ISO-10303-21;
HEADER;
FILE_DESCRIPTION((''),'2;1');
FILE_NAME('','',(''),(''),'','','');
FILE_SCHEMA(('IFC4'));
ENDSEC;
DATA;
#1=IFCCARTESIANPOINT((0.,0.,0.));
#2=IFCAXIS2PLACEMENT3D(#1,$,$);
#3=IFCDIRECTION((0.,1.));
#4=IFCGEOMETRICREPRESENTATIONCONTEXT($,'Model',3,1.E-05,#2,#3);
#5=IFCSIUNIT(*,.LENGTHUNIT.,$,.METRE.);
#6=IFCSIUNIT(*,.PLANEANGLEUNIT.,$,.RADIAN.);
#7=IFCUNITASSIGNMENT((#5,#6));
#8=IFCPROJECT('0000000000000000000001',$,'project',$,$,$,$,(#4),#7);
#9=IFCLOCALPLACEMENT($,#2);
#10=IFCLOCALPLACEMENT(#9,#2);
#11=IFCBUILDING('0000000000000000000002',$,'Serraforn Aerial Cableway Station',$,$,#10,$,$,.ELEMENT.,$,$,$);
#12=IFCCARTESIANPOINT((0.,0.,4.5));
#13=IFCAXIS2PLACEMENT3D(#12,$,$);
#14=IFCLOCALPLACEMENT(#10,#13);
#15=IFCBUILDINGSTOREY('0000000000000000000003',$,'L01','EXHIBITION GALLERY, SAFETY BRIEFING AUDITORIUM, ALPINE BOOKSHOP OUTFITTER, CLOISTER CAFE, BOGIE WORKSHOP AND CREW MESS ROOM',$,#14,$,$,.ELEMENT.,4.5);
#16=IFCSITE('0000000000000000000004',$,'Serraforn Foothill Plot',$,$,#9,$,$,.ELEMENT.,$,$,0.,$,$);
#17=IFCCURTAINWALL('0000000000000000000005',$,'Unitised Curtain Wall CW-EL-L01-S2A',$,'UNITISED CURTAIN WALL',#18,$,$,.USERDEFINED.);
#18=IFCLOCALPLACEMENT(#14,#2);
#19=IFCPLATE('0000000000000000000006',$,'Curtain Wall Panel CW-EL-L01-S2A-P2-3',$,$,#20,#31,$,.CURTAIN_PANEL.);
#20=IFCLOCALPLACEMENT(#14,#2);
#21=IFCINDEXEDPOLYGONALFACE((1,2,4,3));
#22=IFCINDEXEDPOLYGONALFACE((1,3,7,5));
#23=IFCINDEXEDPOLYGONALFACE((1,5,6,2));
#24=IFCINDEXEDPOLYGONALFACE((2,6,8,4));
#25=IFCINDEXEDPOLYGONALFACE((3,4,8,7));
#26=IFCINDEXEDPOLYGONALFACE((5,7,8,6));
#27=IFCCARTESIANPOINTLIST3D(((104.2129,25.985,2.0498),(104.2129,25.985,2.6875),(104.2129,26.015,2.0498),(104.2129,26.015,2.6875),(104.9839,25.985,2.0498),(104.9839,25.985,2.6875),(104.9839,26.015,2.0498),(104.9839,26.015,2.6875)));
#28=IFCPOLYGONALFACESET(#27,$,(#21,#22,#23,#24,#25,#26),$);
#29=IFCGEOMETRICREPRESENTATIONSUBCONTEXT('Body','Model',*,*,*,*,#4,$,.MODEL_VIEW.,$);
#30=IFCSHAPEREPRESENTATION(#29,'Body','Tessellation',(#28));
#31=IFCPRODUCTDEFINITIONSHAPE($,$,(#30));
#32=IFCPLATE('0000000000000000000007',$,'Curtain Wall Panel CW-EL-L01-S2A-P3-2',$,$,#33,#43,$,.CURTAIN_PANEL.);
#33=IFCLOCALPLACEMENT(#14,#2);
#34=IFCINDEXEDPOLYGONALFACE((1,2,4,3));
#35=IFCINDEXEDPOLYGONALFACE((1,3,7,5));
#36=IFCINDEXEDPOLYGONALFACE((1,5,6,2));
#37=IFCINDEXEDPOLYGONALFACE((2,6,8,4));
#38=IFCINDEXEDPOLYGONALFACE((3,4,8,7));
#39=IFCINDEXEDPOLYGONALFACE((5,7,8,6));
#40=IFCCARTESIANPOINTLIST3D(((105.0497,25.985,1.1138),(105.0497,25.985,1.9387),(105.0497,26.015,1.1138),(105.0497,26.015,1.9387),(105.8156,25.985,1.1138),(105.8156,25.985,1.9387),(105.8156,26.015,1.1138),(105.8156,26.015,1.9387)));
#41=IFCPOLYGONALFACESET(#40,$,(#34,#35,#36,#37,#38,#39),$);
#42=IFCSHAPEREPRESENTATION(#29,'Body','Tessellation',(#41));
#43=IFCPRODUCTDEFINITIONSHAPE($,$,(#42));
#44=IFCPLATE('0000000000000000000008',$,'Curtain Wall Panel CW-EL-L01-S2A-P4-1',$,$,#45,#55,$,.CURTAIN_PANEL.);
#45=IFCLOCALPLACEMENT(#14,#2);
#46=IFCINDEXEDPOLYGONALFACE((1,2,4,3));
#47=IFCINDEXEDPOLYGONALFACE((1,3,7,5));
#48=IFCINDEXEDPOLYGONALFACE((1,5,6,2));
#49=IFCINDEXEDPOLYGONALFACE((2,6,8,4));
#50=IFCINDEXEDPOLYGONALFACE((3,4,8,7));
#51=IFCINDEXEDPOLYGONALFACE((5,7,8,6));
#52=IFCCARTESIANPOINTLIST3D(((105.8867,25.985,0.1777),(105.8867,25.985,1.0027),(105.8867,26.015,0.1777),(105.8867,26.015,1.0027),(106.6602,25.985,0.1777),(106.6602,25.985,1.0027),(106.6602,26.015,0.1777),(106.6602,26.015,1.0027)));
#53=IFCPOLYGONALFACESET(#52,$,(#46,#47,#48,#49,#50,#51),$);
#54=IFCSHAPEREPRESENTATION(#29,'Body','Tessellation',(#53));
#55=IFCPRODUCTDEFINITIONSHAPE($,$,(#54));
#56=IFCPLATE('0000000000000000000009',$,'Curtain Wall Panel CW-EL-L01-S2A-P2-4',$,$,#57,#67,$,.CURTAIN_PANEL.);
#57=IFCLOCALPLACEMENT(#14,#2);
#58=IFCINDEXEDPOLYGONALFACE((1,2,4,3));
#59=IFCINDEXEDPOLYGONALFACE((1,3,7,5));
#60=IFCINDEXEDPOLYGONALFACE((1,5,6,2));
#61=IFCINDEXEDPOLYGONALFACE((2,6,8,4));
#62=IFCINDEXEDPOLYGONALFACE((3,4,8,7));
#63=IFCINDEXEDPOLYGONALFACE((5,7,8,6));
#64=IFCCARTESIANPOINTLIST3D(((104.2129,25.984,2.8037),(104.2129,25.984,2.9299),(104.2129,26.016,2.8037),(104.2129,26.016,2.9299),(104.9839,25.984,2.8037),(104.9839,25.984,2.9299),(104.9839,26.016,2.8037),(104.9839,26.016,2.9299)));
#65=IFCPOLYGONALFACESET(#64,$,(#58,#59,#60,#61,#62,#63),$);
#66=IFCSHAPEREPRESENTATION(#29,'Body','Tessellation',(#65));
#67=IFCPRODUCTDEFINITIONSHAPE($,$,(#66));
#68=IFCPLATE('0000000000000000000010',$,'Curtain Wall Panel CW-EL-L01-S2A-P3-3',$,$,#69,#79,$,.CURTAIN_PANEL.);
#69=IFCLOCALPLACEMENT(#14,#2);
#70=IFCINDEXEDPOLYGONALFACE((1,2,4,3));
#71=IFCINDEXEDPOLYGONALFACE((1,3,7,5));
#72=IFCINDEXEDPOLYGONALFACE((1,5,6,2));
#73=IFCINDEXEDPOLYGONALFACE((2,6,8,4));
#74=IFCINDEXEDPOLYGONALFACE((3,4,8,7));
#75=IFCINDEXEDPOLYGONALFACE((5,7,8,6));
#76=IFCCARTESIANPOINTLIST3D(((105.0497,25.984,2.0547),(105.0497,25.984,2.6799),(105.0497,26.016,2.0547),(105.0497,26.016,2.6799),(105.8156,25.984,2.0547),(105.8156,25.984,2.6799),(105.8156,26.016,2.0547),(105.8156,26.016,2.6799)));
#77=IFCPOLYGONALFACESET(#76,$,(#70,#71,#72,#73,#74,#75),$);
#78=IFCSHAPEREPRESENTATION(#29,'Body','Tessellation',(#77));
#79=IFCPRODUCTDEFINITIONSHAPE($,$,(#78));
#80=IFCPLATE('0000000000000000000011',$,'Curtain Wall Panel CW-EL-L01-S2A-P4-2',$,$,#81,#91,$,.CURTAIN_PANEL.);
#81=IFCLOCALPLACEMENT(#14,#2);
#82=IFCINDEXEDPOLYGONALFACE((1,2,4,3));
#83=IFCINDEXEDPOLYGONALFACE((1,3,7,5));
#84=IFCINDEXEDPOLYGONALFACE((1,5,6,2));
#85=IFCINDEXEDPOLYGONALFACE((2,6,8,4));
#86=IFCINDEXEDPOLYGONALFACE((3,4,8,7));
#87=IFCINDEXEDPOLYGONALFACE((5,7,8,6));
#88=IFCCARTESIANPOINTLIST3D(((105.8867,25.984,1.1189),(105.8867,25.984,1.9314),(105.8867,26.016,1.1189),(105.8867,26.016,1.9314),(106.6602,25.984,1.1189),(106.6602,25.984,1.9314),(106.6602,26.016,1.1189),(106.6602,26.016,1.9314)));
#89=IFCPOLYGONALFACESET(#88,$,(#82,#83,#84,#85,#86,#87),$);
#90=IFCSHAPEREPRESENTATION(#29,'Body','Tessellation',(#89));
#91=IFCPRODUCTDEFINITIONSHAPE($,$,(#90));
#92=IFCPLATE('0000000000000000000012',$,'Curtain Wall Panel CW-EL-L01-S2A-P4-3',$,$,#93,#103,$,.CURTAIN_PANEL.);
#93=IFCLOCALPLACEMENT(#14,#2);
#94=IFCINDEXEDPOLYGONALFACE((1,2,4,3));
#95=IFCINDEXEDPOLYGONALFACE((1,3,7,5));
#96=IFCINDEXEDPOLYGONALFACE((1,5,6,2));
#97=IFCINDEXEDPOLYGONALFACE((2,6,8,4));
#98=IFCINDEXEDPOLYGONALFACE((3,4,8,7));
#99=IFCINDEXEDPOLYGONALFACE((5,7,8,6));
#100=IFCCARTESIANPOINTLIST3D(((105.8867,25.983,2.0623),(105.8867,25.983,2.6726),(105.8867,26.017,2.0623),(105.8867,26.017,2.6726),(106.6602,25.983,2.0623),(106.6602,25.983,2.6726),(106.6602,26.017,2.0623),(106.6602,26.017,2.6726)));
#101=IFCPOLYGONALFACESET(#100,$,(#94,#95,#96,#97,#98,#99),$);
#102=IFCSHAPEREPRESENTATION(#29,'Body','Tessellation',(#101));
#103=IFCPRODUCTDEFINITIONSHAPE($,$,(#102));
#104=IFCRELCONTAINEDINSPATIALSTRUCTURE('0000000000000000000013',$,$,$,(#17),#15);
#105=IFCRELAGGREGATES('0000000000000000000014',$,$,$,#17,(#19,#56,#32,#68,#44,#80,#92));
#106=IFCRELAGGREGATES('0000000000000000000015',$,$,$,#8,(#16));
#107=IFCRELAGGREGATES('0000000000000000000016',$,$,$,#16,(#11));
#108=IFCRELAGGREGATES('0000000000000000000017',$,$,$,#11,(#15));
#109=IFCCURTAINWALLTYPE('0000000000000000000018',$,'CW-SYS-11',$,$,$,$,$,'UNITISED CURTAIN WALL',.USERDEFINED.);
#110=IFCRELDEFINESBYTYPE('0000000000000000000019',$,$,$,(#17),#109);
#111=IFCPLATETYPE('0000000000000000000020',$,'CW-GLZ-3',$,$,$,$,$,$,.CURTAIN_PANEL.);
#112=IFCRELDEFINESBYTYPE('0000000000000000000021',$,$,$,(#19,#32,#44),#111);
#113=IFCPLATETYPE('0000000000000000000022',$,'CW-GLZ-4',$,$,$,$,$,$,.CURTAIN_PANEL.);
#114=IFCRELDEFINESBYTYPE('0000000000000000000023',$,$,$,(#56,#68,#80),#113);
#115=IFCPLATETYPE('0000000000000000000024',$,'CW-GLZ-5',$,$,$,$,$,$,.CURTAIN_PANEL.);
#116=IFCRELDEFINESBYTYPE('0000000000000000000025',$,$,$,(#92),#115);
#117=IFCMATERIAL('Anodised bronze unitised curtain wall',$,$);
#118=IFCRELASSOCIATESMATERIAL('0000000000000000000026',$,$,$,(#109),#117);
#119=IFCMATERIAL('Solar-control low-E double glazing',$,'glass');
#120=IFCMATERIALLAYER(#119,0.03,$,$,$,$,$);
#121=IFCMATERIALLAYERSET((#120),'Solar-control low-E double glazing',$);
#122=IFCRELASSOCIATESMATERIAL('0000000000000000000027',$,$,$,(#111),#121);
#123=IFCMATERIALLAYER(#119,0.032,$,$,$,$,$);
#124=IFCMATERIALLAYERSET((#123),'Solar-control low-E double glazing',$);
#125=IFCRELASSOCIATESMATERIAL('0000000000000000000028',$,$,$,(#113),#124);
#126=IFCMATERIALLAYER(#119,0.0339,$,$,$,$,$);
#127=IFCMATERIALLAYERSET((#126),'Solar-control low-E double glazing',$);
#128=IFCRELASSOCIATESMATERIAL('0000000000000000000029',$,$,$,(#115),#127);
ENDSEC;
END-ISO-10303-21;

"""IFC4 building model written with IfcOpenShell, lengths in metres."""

from ifc_helpers import new_model, si_unit, direction, frame, origin, origin_2d, place, context, subcontext, project, spatial, rectangle, extrude, material, layer, layer_set, type_object, element, aggregate, save


model = new_model("IFC4")

# Units and contexts
model_context = context("Model", 3, precision=1e-05, world=origin(), true_north=direction((0.0, 1.0)))
body_context = subcontext(model_context, "Body", "Model", "MODEL_VIEW")
ifc_project = project(units=[si_unit("LENGTHUNIT", "METRE"), si_unit("PLANEANGLEUNIT", "RADIAN")], contexts=[model_context])

# Site, building, storey
site_placement = place(None, origin())
site = spatial("IfcSite", under=ifc_project, at=site_placement, Name="Serraforn Foothill Plot", CompositionType="ELEMENT", RefElevation=0.0)
building_placement = place(site_placement, origin())
building = spatial("IfcBuilding", under=site, at=building_placement, Name="Serraforn Aerial Cableway Station", CompositionType="ELEMENT")
storey_placement = place(building_placement, frame((0.0, 0.0, 4.5)))
storey = spatial("IfcBuildingStorey", under=building, at=storey_placement, Name="L01", Description="EXHIBITION GALLERY, SAFETY BRIEFING AUDITORIUM, ALPINE BOOKSHOP OUTFITTER, CLOISTER CAFE, BOGIE WORKSHOP AND CREW MESS ROOM", CompositionType="ELEMENT", Elevation=4.5)

# Curtain wall, plates
ifc_material_1 = material(Name="Anodised bronze unitised curtain wall")
curtain_wall_type = type_object("IfcCurtainWallType", Name="CW-SYS-11", ElementType="UNITISED CURTAIN WALL", PredefinedType="USERDEFINED", material=ifc_material_1)
curtain_wall_placement = place(storey_placement, origin())
curtain_wall = element("IfcCurtainWall", 1, at=curtain_wall_placement, inside=storey, type_object=curtain_wall_type, Name="Unitised Curtain Wall CW-EL-L01-S2A", ObjectType="UNITISED CURTAIN WALL", PredefinedType="USERDEFINED")
ifc_material_2 = material(Name="Solar-control low-E double glazing", Category="glass")
ifc_layer_1 = layer(ifc_material_2, 0.03)
ifc_layer_set_1 = layer_set([ifc_layer_1], Name="Solar-control low-E double glazing")
plate_type_1 = type_object("IfcPlateType", Name="CW-GLZ-3", PredefinedType="CURTAIN_PANEL", material=ifc_layer_set_1)
plate_1_placement = place(storey_placement, frame((104.5984, 26.0, 2.0498), z_axis=(0.0, 0.0, 1.0), x_axis=(1.0, 0.0, 0.0)))
plate_1 = element("IfcPlate", 2, at=plate_1_placement, type_object=plate_type_1, Name="Curtain Wall Panel CW-EL-L01-S2A-P2-3", PredefinedType="CURTAIN_PANEL", context=body_context, shape_type="SweptSolid", body=[
    extrude(rectangle(XDim=0.771, YDim=0.03, at=origin_2d()), origin(), (0.0, 0.0, 1.0), 0.6377),
])
plate_2_placement = place(storey_placement, frame((105.4326, 26.0, 1.1138), z_axis=(0.0, 0.0, 1.0), x_axis=(1.0, 0.0, 0.0)))
plate_2 = element("IfcPlate", 3, at=plate_2_placement, type_object=plate_type_1, Name="Curtain Wall Panel CW-EL-L01-S2A-P3-2", PredefinedType="CURTAIN_PANEL", context=body_context, shape_type="SweptSolid", body=[
    extrude(rectangle(XDim=0.7659, YDim=0.03, at=origin_2d()), origin(), (0.0, 0.0, 1.0), 0.825),
])
plate_3_placement = place(storey_placement, frame((106.2734, 26.0, 0.1777), z_axis=(0.0, 0.0, 1.0), x_axis=(1.0, 0.0, 0.0)))
plate_3 = element("IfcPlate", 4, at=plate_3_placement, type_object=plate_type_1, Name="Curtain Wall Panel CW-EL-L01-S2A-P4-1", PredefinedType="CURTAIN_PANEL", context=body_context, shape_type="SweptSolid", body=[
    extrude(rectangle(XDim=0.7734, YDim=0.03, at=origin_2d()), origin(), (0.0, 0.0, 1.0), 0.825),
])
ifc_layer_2 = layer(ifc_material_2, 0.032)
ifc_layer_set_2 = layer_set([ifc_layer_2], Name="Solar-control low-E double glazing")
plate_type_2 = type_object("IfcPlateType", Name="CW-GLZ-4", PredefinedType="CURTAIN_PANEL", material=ifc_layer_set_2)
plate_4_placement = place(storey_placement, frame((104.5984, 26.0, 2.8037), z_axis=(0.0, 0.0, 1.0), x_axis=(1.0, 0.0, 0.0)))
plate_4 = element("IfcPlate", 5, at=plate_4_placement, type_object=plate_type_2, Name="Curtain Wall Panel CW-EL-L01-S2A-P2-4", PredefinedType="CURTAIN_PANEL", context=body_context, shape_type="SweptSolid", body=[
    extrude(rectangle(XDim=0.771, YDim=0.032, at=origin_2d()), origin(), (0.0, 0.0, 1.0), 0.1262),
])
plate_5_placement = place(storey_placement, frame((105.4326, 26.0, 2.0547), z_axis=(0.0, 0.0, 1.0), x_axis=(1.0, 0.0, 0.0)))
plate_5 = element("IfcPlate", 6, at=plate_5_placement, type_object=plate_type_2, Name="Curtain Wall Panel CW-EL-L01-S2A-P3-3", PredefinedType="CURTAIN_PANEL", context=body_context, shape_type="SweptSolid", body=[
    extrude(rectangle(XDim=0.7659, YDim=0.032, at=origin_2d()), origin(), (0.0, 0.0, 1.0), 0.6252),
])
plate_6_placement = place(storey_placement, frame((106.2734, 26.0, 1.1189), z_axis=(0.0, 0.0, 1.0), x_axis=(1.0, 0.0, 0.0)))
plate_6 = element("IfcPlate", 7, at=plate_6_placement, type_object=plate_type_2, Name="Curtain Wall Panel CW-EL-L01-S2A-P4-2", PredefinedType="CURTAIN_PANEL", context=body_context, shape_type="SweptSolid", body=[
    extrude(rectangle(XDim=0.7734, YDim=0.032, at=origin_2d()), origin(), (0.0, 0.0, 1.0), 0.8125),
])
ifc_layer_3 = layer(ifc_material_2, 0.0339)
ifc_layer_set_3 = layer_set([ifc_layer_3], Name="Solar-control low-E double glazing")
plate_type_3 = type_object("IfcPlateType", Name="CW-GLZ-5", PredefinedType="CURTAIN_PANEL", material=ifc_layer_set_3)
plate_7_placement = place(storey_placement, frame((106.2734, 26.0, 2.0623), z_axis=(0.0, 0.0, 1.0), x_axis=(1.0, 0.0, 0.0)))
plate_7 = element("IfcPlate", 8, at=plate_7_placement, type_object=plate_type_3, Name="Curtain Wall Panel CW-EL-L01-S2A-P4-3", PredefinedType="CURTAIN_PANEL", context=body_context, shape_type="SweptSolid", body=[
    extrude(rectangle(XDim=0.7734, YDim=0.0339, at=origin_2d()), origin(), (0.0, 0.0, 1.0), 0.6104),
])
aggregate(curtain_wall, [plate_1, plate_4, plate_2, plate_5, plate_3, plate_6, plate_7])

save(model, "model.ifc")
